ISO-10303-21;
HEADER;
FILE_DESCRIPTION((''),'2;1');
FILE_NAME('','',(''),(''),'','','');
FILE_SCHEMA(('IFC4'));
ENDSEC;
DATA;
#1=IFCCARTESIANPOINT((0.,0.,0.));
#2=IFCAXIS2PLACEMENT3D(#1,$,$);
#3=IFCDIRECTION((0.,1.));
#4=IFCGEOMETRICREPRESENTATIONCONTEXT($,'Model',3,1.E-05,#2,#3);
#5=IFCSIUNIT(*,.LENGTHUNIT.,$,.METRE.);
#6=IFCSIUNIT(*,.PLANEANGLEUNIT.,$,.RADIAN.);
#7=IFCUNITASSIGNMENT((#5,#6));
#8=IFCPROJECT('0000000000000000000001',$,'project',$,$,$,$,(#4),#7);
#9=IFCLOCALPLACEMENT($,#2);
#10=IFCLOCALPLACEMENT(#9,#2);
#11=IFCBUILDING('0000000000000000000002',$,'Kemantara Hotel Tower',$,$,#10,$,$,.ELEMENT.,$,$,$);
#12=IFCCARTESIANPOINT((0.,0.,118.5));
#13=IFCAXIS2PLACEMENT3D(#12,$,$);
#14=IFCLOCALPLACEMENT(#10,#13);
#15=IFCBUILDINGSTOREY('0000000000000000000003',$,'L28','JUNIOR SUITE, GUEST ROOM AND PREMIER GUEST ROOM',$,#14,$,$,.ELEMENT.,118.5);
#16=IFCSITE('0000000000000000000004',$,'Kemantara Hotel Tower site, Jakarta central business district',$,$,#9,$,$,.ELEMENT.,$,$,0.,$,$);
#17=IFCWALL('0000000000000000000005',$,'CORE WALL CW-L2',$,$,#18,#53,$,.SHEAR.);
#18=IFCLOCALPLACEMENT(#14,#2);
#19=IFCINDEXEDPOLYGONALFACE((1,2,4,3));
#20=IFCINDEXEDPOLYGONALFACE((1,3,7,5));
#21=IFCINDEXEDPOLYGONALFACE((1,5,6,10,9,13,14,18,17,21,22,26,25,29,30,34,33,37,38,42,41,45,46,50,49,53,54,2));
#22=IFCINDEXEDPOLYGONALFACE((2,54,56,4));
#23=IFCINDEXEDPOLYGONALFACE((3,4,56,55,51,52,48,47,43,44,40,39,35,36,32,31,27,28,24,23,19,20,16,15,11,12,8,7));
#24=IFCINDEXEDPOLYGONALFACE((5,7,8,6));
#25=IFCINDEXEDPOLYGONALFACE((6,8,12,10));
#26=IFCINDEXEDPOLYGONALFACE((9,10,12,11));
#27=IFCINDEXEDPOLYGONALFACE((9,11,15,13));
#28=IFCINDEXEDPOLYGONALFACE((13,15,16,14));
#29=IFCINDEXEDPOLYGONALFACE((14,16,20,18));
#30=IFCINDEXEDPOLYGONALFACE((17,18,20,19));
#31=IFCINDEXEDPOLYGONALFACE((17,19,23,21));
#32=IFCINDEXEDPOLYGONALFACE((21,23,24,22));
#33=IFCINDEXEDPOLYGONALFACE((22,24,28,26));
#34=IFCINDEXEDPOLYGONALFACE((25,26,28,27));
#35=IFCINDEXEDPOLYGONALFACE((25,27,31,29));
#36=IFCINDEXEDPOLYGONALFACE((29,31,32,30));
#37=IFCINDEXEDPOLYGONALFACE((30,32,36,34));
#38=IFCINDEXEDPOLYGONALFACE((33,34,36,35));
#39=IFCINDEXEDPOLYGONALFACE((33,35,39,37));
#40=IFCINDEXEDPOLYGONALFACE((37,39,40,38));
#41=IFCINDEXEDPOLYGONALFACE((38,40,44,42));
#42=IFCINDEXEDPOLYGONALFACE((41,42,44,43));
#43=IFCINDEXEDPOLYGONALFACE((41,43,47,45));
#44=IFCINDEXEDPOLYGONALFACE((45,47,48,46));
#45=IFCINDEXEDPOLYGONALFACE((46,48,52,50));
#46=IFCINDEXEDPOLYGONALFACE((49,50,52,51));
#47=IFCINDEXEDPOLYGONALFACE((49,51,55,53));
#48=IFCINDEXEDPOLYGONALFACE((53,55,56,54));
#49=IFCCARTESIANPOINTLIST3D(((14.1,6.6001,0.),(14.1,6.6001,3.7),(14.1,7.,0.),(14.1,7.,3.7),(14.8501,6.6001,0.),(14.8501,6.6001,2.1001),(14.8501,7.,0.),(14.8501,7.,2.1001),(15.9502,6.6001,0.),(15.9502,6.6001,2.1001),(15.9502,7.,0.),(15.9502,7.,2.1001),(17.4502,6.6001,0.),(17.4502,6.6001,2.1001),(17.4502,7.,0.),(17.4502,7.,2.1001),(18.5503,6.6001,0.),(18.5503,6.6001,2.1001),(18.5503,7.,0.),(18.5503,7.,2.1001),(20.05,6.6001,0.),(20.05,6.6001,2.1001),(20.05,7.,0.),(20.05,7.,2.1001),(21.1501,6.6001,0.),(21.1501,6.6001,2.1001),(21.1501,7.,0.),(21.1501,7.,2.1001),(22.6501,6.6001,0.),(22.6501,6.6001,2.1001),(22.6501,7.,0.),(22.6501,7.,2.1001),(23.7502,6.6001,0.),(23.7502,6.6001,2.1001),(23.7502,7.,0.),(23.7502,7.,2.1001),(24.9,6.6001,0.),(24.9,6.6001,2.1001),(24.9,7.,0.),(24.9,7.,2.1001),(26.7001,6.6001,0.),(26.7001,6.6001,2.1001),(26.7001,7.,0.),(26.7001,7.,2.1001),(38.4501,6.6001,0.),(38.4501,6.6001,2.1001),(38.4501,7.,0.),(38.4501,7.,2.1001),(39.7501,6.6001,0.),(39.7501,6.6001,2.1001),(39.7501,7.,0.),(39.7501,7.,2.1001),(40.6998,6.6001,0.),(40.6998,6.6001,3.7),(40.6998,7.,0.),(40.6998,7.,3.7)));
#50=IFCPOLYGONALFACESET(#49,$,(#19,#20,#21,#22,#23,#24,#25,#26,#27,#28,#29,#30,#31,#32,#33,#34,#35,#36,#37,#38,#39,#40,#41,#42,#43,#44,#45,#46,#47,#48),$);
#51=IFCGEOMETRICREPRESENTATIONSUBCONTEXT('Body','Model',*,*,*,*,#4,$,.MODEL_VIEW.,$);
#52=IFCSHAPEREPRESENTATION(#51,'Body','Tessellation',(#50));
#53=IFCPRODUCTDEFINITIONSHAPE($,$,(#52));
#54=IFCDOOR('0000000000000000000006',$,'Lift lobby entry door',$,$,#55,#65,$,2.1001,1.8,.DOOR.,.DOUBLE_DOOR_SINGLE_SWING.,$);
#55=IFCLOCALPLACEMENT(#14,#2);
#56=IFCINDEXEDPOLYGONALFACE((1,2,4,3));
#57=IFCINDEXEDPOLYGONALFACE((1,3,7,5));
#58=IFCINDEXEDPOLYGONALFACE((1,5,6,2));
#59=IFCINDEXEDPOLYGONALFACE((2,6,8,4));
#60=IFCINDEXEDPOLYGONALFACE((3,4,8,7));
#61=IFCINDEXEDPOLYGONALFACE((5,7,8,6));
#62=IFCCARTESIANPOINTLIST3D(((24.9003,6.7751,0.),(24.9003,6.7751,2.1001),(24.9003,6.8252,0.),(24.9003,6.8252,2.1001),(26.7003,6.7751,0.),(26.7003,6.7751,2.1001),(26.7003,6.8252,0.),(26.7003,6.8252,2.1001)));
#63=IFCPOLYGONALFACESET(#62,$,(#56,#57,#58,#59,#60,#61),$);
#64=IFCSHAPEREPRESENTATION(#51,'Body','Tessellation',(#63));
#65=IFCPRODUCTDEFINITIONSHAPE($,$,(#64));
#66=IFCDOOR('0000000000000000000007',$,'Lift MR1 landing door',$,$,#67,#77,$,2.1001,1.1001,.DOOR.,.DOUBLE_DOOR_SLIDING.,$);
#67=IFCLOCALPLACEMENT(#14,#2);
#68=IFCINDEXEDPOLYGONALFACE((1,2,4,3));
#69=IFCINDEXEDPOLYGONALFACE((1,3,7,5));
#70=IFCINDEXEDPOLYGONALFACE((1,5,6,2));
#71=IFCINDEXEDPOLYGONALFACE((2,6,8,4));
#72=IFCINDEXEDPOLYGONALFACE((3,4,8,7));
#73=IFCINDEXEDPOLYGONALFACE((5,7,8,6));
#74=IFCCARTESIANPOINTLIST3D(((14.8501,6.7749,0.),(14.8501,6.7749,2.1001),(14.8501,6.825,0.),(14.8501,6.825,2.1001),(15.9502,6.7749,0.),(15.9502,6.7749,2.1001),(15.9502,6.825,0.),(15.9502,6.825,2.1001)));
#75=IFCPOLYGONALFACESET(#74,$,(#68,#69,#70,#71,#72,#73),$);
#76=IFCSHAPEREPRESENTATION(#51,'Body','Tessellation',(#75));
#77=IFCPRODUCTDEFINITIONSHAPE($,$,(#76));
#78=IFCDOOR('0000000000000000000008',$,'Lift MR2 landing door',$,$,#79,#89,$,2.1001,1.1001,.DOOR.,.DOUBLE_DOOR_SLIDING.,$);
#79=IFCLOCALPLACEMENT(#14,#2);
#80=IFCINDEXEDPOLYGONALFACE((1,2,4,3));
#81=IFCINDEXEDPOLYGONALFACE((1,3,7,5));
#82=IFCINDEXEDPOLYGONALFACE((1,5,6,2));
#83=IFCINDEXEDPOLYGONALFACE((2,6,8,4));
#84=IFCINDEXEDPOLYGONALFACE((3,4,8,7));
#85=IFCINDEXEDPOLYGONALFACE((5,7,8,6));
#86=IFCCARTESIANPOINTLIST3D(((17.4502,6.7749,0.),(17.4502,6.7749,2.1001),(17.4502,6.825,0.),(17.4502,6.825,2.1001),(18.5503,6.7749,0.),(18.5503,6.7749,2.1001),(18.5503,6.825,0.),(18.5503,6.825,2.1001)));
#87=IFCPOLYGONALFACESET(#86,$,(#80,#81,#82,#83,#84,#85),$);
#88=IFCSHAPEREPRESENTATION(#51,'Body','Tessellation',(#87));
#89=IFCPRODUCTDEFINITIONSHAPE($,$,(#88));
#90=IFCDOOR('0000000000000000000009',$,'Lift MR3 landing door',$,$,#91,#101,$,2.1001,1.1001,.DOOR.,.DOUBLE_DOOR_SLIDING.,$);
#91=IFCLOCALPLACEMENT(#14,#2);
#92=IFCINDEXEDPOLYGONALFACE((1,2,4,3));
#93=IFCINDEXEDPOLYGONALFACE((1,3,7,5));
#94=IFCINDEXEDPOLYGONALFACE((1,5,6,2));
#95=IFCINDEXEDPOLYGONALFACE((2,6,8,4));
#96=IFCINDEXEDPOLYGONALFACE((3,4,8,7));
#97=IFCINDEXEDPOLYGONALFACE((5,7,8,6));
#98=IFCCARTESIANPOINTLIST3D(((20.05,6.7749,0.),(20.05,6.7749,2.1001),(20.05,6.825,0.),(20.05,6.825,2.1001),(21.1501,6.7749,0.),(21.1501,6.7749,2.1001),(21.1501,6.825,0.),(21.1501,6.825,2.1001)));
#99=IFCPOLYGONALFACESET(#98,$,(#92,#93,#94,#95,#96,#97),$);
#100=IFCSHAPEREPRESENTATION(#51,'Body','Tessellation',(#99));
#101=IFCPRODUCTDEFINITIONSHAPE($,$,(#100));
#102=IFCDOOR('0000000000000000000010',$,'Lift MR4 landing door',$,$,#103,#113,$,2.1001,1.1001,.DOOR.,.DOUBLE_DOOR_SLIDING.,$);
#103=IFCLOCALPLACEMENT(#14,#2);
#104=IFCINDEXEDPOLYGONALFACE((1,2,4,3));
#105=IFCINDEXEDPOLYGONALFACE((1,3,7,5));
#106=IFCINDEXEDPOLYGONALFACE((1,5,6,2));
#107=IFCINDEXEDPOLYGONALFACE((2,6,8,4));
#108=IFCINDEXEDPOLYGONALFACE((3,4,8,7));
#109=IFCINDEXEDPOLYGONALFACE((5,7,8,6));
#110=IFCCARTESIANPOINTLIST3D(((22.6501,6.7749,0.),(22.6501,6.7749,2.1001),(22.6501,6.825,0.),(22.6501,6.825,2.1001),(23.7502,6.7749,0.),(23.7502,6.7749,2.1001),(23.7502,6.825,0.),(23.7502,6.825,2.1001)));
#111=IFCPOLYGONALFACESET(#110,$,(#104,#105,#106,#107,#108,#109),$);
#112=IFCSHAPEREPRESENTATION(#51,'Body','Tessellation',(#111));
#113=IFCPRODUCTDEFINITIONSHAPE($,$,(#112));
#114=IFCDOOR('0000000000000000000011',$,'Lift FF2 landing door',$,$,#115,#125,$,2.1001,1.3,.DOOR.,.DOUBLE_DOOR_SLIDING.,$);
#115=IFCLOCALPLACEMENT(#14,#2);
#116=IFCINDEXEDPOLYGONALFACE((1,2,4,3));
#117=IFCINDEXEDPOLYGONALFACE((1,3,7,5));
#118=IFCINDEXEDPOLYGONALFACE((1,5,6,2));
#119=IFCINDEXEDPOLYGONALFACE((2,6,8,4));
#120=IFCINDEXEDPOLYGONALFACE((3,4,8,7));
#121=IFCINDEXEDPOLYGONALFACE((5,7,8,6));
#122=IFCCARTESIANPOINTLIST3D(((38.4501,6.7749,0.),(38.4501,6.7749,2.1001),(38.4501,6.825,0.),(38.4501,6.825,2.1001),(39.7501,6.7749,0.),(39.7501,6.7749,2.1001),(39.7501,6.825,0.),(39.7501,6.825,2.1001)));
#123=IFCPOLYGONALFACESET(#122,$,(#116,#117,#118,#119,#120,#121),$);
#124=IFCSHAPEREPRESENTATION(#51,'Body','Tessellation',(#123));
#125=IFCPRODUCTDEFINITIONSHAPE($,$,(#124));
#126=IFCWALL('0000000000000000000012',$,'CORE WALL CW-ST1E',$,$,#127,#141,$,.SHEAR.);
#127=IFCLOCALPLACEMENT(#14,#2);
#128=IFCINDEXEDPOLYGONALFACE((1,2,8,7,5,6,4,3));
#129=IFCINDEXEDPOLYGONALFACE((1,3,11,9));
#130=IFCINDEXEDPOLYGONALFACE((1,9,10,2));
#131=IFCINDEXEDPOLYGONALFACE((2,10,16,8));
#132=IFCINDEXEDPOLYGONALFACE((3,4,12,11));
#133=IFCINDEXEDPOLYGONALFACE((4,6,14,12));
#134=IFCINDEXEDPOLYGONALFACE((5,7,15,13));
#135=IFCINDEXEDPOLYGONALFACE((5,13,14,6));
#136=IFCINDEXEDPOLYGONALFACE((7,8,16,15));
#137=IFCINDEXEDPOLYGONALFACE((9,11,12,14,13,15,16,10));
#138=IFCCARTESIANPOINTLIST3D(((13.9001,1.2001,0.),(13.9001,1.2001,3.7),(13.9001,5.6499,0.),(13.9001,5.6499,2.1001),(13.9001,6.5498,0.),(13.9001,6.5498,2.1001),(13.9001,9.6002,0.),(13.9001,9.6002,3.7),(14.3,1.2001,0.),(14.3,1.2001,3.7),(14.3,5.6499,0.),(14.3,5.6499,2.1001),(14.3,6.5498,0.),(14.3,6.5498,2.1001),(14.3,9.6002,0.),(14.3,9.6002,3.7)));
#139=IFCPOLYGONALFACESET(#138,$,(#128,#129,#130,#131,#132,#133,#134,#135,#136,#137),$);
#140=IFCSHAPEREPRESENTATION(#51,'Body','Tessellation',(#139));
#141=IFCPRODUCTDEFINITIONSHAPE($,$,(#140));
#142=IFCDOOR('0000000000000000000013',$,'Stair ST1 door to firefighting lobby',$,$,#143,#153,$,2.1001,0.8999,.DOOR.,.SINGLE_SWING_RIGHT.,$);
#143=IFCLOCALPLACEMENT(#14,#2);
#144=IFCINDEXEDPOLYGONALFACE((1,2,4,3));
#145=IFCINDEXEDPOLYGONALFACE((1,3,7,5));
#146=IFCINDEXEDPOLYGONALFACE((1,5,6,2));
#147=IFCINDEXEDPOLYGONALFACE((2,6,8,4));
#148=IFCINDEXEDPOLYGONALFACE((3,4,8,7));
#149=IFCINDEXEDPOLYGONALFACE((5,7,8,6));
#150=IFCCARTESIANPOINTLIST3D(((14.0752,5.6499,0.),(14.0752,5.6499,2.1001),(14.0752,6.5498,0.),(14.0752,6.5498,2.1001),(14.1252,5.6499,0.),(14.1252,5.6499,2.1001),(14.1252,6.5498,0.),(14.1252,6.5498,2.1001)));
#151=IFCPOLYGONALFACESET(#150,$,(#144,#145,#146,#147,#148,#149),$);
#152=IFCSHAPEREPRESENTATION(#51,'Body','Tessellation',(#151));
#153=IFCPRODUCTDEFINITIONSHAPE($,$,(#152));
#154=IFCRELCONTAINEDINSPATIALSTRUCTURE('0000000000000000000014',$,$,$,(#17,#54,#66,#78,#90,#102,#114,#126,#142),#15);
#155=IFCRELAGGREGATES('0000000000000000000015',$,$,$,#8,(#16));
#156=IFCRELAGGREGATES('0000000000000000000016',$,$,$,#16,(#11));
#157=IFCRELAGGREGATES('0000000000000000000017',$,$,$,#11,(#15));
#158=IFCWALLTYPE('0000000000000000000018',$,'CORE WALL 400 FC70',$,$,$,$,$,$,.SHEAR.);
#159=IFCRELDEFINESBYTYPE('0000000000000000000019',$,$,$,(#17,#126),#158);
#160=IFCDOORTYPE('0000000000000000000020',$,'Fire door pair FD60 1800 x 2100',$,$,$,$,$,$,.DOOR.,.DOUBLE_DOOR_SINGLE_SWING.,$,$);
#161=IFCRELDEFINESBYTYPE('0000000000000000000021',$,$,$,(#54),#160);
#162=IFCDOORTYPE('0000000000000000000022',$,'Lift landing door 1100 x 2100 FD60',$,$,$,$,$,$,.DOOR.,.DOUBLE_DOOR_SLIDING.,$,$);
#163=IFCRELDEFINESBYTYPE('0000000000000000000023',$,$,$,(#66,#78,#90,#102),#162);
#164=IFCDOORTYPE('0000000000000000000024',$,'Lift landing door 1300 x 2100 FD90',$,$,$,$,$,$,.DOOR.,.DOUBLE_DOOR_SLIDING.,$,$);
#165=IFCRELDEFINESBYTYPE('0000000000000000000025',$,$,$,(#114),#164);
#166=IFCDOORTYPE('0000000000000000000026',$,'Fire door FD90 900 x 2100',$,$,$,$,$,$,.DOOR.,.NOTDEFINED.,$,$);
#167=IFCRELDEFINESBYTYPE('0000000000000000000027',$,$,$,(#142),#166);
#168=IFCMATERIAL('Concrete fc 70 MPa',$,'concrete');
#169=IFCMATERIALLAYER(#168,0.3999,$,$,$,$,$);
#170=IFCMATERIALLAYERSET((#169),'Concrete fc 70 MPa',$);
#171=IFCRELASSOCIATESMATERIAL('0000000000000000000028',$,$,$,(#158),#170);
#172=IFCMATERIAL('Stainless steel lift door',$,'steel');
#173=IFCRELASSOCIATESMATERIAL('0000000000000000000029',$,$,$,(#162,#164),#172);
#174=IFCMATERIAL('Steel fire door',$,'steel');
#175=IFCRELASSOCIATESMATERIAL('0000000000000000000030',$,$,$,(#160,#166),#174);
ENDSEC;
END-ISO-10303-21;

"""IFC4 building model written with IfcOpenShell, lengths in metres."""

from ifc_helpers import new_model, si_unit, direction, frame, frame_2d, origin, place, context, subcontext, project, spatial, rectangle, extrude, material, layer, layer_set, type_object, element, fill, save


model = new_model("IFC4")

# Units and contexts
model_context = context("Model", 3, precision=1e-05, world=origin(), true_north=direction((0.0, 1.0)))
body_context = subcontext(model_context, "Body", "Model", "MODEL_VIEW")
ifc_project = project(units=[si_unit("LENGTHUNIT", "METRE"), si_unit("PLANEANGLEUNIT", "RADIAN")], contexts=[model_context])

# Site, building, storey
site_placement = place(None, origin())
site = spatial("IfcSite", under=ifc_project, at=site_placement, Name="Kemantara Hotel Tower site, Jakarta central business district", CompositionType="ELEMENT", RefElevation=0.0)
building_placement = place(site_placement, origin())
building = spatial("IfcBuilding", under=site, at=building_placement, Name="Kemantara Hotel Tower", CompositionType="ELEMENT")
storey_placement = place(building_placement, frame((0.0, 0.0, 118.5)))
storey = spatial("IfcBuildingStorey", under=building, at=storey_placement, Name="L28", Description="JUNIOR SUITE, GUEST ROOM AND PREMIER GUEST ROOM", CompositionType="ELEMENT", Elevation=118.5)

# Shared definitions
ifc_material_1 = material(Name="Concrete fc 70 MPa", Category="concrete")

# Wall, openings, doors
ifc_layer_1 = layer(ifc_material_1, 0.3999)
ifc_layer_set_1 = layer_set([ifc_layer_1], Name="Concrete fc 70 MPa")
wall_type_1 = type_object("IfcWallType", Name="CORE WALL 400 FC70", PredefinedType="SHEAR", material=ifc_layer_set_1)
ifc_material_2 = material(Name="Steel fire door", Category="steel")
ifc_material_3 = material(Name="Stainless steel lift door", Category="steel")
door_type_1 = type_object("IfcDoorType", Name="Lift landing door 1100 x 2100 FD60", OperationType="DOUBLE_DOOR_SLIDING", PredefinedType="DOOR", material=ifc_material_3)
door_type_2 = type_object("IfcDoorType", Name="Lift landing door 1300 x 2100 FD90", OperationType="DOUBLE_DOOR_SLIDING", PredefinedType="DOOR", material=ifc_material_3)
wall_1_placement = place(storey_placement, frame((14.1001, 6.8, 0.0), z_axis=(0.0, 0.0, 1.0), x_axis=(1.0, 0.0, 0.0)))
wall_1 = element("IfcWall", 1, at=wall_1_placement, inside=storey, type_object=wall_type_1, Name="CORE WALL CW-L2", PredefinedType="SHEAR", context=body_context, shape_type="SweptSolid", body=[
    extrude(rectangle(XDim=26.5999, YDim=0.3999, at=frame_2d((13.2998, 0.0))), origin(), (0.0, 0.0, 1.0), 3.7),
])
opening_1_placement = place(wall_1_placement, frame((10.8, 0.0, 0.0)))
opening_1 = element("IfcOpeningElement", 2, at=opening_1_placement, cuts=wall_1, PredefinedType="OPENING", context=body_context, shape_type="SweptSolid", body=[
    extrude(rectangle(XDim=1.8, YDim=2.1001, at=frame_2d((0.8999, 1.05))), frame((0.0, 0.21, 0.0), z_axis=(0.0, -1.0, 0.0), x_axis=(1.0, 0.0, 0.0)), (0.0, 0.0, 1.0), 0.4199),
])
opening_2_placement = place(wall_1_placement, frame((0.75, 0.0, 0.0)))
opening_2 = element("IfcOpeningElement", 3, at=opening_2_placement, cuts=wall_1, PredefinedType="OPENING", context=body_context, shape_type="SweptSolid", body=[
    extrude(rectangle(XDim=1.1001, YDim=2.1001, at=frame_2d((0.55, 1.05))), frame((0.0, 0.21, 0.0), z_axis=(0.0, -1.0, 0.0), x_axis=(1.0, 0.0, 0.0)), (0.0, 0.0, 1.0), 0.4199),
])
opening_3_placement = place(wall_1_placement, frame((3.3501, 0.0, 0.0)))
opening_3 = element("IfcOpeningElement", 4, at=opening_3_placement, cuts=wall_1, PredefinedType="OPENING", context=body_context, shape_type="SweptSolid", body=[
    extrude(rectangle(XDim=1.1001, YDim=2.1001, at=frame_2d((0.55, 1.05))), frame((0.0, 0.21, 0.0), z_axis=(0.0, -1.0, 0.0), x_axis=(1.0, 0.0, 0.0)), (0.0, 0.0, 1.0), 0.4199),
])
opening_4_placement = place(wall_1_placement, frame((5.95, 0.0, 0.0)))
opening_4 = element("IfcOpeningElement", 5, at=opening_4_placement, cuts=wall_1, PredefinedType="OPENING", context=body_context, shape_type="SweptSolid", body=[
    extrude(rectangle(XDim=1.1001, YDim=2.1001, at=frame_2d((0.55, 1.05))), frame((0.0, 0.21, 0.0), z_axis=(0.0, -1.0, 0.0), x_axis=(1.0, 0.0, 0.0)), (0.0, 0.0, 1.0), 0.4199),
])
opening_5_placement = place(wall_1_placement, frame((8.55, 0.0, 0.0)))
opening_5 = element("IfcOpeningElement", 6, at=opening_5_placement, cuts=wall_1, PredefinedType="OPENING", context=body_context, shape_type="SweptSolid", body=[
    extrude(rectangle(XDim=1.1001, YDim=2.1001, at=frame_2d((0.55, 1.05))), frame((0.0, 0.21, 0.0), z_axis=(0.0, -1.0, 0.0), x_axis=(1.0, 0.0, 0.0)), (0.0, 0.0, 1.0), 0.4199),
])
opening_6_placement = place(wall_1_placement, frame((24.3501, 0.0, 0.0)))
opening_6 = element("IfcOpeningElement", 7, at=opening_6_placement, cuts=wall_1, PredefinedType="OPENING", context=body_context, shape_type="SweptSolid", body=[
    extrude(rectangle(XDim=1.3, YDim=2.1001, at=frame_2d((0.6499, 1.05))), frame((0.0, 0.21, 0.0), z_axis=(0.0, -1.0, 0.0), x_axis=(1.0, 0.0, 0.0)), (0.0, 0.0, 1.0), 0.4199),
])
door_type_3 = type_object("IfcDoorType", Name="Fire door pair FD60 1800 x 2100", OperationType="DOUBLE_DOOR_SINGLE_SWING", PredefinedType="DOOR", material=ifc_material_2)
door_1_placement = place(opening_1_placement, frame((1.8, 0.0, 0.0), z_axis=(0.0, 0.0, 1.0), x_axis=(-1.0, 0.0, 0.0)))
door_1 = element("IfcDoor", 8, at=door_1_placement, inside=storey, type_object=door_type_3, Name="Lift lobby entry door", OperationType="DOUBLE_DOOR_SINGLE_SWING", OverallHeight=2.1001, OverallWidth=1.8, PredefinedType="DOOR", context=body_context, shape_type="SweptSolid", body=[
    extrude(rectangle(XDim=1.8, YDim=2.1001, at=frame_2d((0.8999, 1.05))), frame((0.0, 0.0249, 0.0), z_axis=(0.0, -1.0, 0.0), x_axis=(1.0, 0.0, 0.0)), (0.0, 0.0, 1.0), 0.05),
])
fill(opening_1, door_1)
door_2_placement = place(opening_2_placement, origin())
door_2 = element("IfcDoor", 9, at=door_2_placement, inside=storey, type_object=door_type_1, Name="Lift MR1 landing door", OperationType="DOUBLE_DOOR_SLIDING", OverallHeight=2.1001, OverallWidth=1.1001, PredefinedType="DOOR", context=body_context, shape_type="SweptSolid", body=[
    extrude(rectangle(XDim=1.1001, YDim=2.1001, at=frame_2d((0.55, 1.05))), frame((0.0, 0.0249, 0.0), z_axis=(0.0, -1.0, 0.0), x_axis=(1.0, 0.0, 0.0)), (0.0, 0.0, 1.0), 0.05),
])
fill(opening_2, door_2)
door_3_placement = place(opening_3_placement, origin())
door_3 = element("IfcDoor", 10, at=door_3_placement, inside=storey, type_object=door_type_1, Name="Lift MR2 landing door", OperationType="DOUBLE_DOOR_SLIDING", OverallHeight=2.1001, OverallWidth=1.1001, PredefinedType="DOOR", context=body_context, shape_type="SweptSolid", body=[
    extrude(rectangle(XDim=1.1001, YDim=2.1001, at=frame_2d((0.55, 1.05))), frame((0.0, 0.0249, 0.0), z_axis=(0.0, -1.0, 0.0), x_axis=(1.0, 0.0, 0.0)), (0.0, 0.0, 1.0), 0.05),
])
fill(opening_3, door_3)
door_4_placement = place(opening_4_placement, origin())
door_4 = element("IfcDoor", 11, at=door_4_placement, inside=storey, type_object=door_type_1, Name="Lift MR3 landing door", OperationType="DOUBLE_DOOR_SLIDING", OverallHeight=2.1001, OverallWidth=1.1001, PredefinedType="DOOR", context=body_context, shape_type="SweptSolid", body=[
    extrude(rectangle(XDim=1.1001, YDim=2.1001, at=frame_2d((0.55, 1.05))), frame((0.0, 0.0249, 0.0), z_axis=(0.0, -1.0, 0.0), x_axis=(1.0, 0.0, 0.0)), (0.0, 0.0, 1.0), 0.05),
])
fill(opening_4, door_4)
door_5_placement = place(opening_5_placement, origin())
door_5 = element("IfcDoor", 12, at=door_5_placement, inside=storey, type_object=door_type_1, Name="Lift MR4 landing door", OperationType="DOUBLE_DOOR_SLIDING", OverallHeight=2.1001, OverallWidth=1.1001, PredefinedType="DOOR", context=body_context, shape_type="SweptSolid", body=[
    extrude(rectangle(XDim=1.1001, YDim=2.1001, at=frame_2d((0.55, 1.05))), frame((0.0, 0.0249, 0.0), z_axis=(0.0, -1.0, 0.0), x_axis=(1.0, 0.0, 0.0)), (0.0, 0.0, 1.0), 0.05),
])
fill(opening_5, door_5)
door_6_placement = place(opening_6_placement, origin())
door_6 = element("IfcDoor", 13, at=door_6_placement, inside=storey, type_object=door_type_2, Name="Lift FF2 landing door", OperationType="DOUBLE_DOOR_SLIDING", OverallHeight=2.1001, OverallWidth=1.3, PredefinedType="DOOR", context=body_context, shape_type="SweptSolid", body=[
    extrude(rectangle(XDim=1.3, YDim=2.1001, at=frame_2d((0.6499, 1.05))), frame((0.0, 0.0249, 0.0), z_axis=(0.0, -1.0, 0.0), x_axis=(1.0, 0.0, 0.0)), (0.0, 0.0, 1.0), 0.05),
])
fill(opening_6, door_6)

# Wall, opening, door
wall_2_placement = place(storey_placement, frame((14.1001, 1.2, 0.0), z_axis=(0.0, 0.0, 1.0), x_axis=(0.0, 1.0, 0.0)))
wall_2 = element("IfcWall", 14, at=wall_2_placement, inside=storey, type_object=wall_type_1, Name="CORE WALL CW-ST1E", PredefinedType="SHEAR", context=body_context, shape_type="SweptSolid", body=[
    extrude(rectangle(XDim=8.4001, YDim=0.3999, at=frame_2d((4.2002, 0.0))), origin(), (0.0, 0.0, 1.0), 3.7),
])
opening_7_placement = place(wall_2_placement, frame((4.45, 0.0, 0.0)))
opening_7 = element("IfcOpeningElement", 15, at=opening_7_placement, cuts=wall_2, PredefinedType="OPENING", context=body_context, shape_type="SweptSolid", body=[
    extrude(rectangle(XDim=0.8999, YDim=2.1001, at=frame_2d((0.45, 1.05))), frame((0.0, 0.21, 0.0), z_axis=(0.0, -1.0, 0.0), x_axis=(1.0, 0.0, 0.0)), (0.0, 0.0, 1.0), 0.4199),
])
door_type_4 = type_object("IfcDoorType", Name="Fire door FD90 900 x 2100", OperationType="NOTDEFINED", PredefinedType="DOOR", material=ifc_material_2)
door_7_placement = place(opening_7_placement, origin())
door_7 = element("IfcDoor", 16, at=door_7_placement, inside=storey, type_object=door_type_4, Name="Stair ST1 door to firefighting lobby", OperationType="SINGLE_SWING_RIGHT", OverallHeight=2.1001, OverallWidth=0.8999, PredefinedType="DOOR", context=body_context, shape_type="SweptSolid", body=[
    extrude(rectangle(XDim=0.8999, YDim=2.1001, at=frame_2d((0.45, 1.05))), frame((0.0, 0.0249, 0.0), z_axis=(0.0, -1.0, 0.0), x_axis=(1.0, 0.0, 0.0)), (0.0, 0.0, 1.0), 0.05),
])
fill(opening_7, door_7)

save(model, "model.ifc")
